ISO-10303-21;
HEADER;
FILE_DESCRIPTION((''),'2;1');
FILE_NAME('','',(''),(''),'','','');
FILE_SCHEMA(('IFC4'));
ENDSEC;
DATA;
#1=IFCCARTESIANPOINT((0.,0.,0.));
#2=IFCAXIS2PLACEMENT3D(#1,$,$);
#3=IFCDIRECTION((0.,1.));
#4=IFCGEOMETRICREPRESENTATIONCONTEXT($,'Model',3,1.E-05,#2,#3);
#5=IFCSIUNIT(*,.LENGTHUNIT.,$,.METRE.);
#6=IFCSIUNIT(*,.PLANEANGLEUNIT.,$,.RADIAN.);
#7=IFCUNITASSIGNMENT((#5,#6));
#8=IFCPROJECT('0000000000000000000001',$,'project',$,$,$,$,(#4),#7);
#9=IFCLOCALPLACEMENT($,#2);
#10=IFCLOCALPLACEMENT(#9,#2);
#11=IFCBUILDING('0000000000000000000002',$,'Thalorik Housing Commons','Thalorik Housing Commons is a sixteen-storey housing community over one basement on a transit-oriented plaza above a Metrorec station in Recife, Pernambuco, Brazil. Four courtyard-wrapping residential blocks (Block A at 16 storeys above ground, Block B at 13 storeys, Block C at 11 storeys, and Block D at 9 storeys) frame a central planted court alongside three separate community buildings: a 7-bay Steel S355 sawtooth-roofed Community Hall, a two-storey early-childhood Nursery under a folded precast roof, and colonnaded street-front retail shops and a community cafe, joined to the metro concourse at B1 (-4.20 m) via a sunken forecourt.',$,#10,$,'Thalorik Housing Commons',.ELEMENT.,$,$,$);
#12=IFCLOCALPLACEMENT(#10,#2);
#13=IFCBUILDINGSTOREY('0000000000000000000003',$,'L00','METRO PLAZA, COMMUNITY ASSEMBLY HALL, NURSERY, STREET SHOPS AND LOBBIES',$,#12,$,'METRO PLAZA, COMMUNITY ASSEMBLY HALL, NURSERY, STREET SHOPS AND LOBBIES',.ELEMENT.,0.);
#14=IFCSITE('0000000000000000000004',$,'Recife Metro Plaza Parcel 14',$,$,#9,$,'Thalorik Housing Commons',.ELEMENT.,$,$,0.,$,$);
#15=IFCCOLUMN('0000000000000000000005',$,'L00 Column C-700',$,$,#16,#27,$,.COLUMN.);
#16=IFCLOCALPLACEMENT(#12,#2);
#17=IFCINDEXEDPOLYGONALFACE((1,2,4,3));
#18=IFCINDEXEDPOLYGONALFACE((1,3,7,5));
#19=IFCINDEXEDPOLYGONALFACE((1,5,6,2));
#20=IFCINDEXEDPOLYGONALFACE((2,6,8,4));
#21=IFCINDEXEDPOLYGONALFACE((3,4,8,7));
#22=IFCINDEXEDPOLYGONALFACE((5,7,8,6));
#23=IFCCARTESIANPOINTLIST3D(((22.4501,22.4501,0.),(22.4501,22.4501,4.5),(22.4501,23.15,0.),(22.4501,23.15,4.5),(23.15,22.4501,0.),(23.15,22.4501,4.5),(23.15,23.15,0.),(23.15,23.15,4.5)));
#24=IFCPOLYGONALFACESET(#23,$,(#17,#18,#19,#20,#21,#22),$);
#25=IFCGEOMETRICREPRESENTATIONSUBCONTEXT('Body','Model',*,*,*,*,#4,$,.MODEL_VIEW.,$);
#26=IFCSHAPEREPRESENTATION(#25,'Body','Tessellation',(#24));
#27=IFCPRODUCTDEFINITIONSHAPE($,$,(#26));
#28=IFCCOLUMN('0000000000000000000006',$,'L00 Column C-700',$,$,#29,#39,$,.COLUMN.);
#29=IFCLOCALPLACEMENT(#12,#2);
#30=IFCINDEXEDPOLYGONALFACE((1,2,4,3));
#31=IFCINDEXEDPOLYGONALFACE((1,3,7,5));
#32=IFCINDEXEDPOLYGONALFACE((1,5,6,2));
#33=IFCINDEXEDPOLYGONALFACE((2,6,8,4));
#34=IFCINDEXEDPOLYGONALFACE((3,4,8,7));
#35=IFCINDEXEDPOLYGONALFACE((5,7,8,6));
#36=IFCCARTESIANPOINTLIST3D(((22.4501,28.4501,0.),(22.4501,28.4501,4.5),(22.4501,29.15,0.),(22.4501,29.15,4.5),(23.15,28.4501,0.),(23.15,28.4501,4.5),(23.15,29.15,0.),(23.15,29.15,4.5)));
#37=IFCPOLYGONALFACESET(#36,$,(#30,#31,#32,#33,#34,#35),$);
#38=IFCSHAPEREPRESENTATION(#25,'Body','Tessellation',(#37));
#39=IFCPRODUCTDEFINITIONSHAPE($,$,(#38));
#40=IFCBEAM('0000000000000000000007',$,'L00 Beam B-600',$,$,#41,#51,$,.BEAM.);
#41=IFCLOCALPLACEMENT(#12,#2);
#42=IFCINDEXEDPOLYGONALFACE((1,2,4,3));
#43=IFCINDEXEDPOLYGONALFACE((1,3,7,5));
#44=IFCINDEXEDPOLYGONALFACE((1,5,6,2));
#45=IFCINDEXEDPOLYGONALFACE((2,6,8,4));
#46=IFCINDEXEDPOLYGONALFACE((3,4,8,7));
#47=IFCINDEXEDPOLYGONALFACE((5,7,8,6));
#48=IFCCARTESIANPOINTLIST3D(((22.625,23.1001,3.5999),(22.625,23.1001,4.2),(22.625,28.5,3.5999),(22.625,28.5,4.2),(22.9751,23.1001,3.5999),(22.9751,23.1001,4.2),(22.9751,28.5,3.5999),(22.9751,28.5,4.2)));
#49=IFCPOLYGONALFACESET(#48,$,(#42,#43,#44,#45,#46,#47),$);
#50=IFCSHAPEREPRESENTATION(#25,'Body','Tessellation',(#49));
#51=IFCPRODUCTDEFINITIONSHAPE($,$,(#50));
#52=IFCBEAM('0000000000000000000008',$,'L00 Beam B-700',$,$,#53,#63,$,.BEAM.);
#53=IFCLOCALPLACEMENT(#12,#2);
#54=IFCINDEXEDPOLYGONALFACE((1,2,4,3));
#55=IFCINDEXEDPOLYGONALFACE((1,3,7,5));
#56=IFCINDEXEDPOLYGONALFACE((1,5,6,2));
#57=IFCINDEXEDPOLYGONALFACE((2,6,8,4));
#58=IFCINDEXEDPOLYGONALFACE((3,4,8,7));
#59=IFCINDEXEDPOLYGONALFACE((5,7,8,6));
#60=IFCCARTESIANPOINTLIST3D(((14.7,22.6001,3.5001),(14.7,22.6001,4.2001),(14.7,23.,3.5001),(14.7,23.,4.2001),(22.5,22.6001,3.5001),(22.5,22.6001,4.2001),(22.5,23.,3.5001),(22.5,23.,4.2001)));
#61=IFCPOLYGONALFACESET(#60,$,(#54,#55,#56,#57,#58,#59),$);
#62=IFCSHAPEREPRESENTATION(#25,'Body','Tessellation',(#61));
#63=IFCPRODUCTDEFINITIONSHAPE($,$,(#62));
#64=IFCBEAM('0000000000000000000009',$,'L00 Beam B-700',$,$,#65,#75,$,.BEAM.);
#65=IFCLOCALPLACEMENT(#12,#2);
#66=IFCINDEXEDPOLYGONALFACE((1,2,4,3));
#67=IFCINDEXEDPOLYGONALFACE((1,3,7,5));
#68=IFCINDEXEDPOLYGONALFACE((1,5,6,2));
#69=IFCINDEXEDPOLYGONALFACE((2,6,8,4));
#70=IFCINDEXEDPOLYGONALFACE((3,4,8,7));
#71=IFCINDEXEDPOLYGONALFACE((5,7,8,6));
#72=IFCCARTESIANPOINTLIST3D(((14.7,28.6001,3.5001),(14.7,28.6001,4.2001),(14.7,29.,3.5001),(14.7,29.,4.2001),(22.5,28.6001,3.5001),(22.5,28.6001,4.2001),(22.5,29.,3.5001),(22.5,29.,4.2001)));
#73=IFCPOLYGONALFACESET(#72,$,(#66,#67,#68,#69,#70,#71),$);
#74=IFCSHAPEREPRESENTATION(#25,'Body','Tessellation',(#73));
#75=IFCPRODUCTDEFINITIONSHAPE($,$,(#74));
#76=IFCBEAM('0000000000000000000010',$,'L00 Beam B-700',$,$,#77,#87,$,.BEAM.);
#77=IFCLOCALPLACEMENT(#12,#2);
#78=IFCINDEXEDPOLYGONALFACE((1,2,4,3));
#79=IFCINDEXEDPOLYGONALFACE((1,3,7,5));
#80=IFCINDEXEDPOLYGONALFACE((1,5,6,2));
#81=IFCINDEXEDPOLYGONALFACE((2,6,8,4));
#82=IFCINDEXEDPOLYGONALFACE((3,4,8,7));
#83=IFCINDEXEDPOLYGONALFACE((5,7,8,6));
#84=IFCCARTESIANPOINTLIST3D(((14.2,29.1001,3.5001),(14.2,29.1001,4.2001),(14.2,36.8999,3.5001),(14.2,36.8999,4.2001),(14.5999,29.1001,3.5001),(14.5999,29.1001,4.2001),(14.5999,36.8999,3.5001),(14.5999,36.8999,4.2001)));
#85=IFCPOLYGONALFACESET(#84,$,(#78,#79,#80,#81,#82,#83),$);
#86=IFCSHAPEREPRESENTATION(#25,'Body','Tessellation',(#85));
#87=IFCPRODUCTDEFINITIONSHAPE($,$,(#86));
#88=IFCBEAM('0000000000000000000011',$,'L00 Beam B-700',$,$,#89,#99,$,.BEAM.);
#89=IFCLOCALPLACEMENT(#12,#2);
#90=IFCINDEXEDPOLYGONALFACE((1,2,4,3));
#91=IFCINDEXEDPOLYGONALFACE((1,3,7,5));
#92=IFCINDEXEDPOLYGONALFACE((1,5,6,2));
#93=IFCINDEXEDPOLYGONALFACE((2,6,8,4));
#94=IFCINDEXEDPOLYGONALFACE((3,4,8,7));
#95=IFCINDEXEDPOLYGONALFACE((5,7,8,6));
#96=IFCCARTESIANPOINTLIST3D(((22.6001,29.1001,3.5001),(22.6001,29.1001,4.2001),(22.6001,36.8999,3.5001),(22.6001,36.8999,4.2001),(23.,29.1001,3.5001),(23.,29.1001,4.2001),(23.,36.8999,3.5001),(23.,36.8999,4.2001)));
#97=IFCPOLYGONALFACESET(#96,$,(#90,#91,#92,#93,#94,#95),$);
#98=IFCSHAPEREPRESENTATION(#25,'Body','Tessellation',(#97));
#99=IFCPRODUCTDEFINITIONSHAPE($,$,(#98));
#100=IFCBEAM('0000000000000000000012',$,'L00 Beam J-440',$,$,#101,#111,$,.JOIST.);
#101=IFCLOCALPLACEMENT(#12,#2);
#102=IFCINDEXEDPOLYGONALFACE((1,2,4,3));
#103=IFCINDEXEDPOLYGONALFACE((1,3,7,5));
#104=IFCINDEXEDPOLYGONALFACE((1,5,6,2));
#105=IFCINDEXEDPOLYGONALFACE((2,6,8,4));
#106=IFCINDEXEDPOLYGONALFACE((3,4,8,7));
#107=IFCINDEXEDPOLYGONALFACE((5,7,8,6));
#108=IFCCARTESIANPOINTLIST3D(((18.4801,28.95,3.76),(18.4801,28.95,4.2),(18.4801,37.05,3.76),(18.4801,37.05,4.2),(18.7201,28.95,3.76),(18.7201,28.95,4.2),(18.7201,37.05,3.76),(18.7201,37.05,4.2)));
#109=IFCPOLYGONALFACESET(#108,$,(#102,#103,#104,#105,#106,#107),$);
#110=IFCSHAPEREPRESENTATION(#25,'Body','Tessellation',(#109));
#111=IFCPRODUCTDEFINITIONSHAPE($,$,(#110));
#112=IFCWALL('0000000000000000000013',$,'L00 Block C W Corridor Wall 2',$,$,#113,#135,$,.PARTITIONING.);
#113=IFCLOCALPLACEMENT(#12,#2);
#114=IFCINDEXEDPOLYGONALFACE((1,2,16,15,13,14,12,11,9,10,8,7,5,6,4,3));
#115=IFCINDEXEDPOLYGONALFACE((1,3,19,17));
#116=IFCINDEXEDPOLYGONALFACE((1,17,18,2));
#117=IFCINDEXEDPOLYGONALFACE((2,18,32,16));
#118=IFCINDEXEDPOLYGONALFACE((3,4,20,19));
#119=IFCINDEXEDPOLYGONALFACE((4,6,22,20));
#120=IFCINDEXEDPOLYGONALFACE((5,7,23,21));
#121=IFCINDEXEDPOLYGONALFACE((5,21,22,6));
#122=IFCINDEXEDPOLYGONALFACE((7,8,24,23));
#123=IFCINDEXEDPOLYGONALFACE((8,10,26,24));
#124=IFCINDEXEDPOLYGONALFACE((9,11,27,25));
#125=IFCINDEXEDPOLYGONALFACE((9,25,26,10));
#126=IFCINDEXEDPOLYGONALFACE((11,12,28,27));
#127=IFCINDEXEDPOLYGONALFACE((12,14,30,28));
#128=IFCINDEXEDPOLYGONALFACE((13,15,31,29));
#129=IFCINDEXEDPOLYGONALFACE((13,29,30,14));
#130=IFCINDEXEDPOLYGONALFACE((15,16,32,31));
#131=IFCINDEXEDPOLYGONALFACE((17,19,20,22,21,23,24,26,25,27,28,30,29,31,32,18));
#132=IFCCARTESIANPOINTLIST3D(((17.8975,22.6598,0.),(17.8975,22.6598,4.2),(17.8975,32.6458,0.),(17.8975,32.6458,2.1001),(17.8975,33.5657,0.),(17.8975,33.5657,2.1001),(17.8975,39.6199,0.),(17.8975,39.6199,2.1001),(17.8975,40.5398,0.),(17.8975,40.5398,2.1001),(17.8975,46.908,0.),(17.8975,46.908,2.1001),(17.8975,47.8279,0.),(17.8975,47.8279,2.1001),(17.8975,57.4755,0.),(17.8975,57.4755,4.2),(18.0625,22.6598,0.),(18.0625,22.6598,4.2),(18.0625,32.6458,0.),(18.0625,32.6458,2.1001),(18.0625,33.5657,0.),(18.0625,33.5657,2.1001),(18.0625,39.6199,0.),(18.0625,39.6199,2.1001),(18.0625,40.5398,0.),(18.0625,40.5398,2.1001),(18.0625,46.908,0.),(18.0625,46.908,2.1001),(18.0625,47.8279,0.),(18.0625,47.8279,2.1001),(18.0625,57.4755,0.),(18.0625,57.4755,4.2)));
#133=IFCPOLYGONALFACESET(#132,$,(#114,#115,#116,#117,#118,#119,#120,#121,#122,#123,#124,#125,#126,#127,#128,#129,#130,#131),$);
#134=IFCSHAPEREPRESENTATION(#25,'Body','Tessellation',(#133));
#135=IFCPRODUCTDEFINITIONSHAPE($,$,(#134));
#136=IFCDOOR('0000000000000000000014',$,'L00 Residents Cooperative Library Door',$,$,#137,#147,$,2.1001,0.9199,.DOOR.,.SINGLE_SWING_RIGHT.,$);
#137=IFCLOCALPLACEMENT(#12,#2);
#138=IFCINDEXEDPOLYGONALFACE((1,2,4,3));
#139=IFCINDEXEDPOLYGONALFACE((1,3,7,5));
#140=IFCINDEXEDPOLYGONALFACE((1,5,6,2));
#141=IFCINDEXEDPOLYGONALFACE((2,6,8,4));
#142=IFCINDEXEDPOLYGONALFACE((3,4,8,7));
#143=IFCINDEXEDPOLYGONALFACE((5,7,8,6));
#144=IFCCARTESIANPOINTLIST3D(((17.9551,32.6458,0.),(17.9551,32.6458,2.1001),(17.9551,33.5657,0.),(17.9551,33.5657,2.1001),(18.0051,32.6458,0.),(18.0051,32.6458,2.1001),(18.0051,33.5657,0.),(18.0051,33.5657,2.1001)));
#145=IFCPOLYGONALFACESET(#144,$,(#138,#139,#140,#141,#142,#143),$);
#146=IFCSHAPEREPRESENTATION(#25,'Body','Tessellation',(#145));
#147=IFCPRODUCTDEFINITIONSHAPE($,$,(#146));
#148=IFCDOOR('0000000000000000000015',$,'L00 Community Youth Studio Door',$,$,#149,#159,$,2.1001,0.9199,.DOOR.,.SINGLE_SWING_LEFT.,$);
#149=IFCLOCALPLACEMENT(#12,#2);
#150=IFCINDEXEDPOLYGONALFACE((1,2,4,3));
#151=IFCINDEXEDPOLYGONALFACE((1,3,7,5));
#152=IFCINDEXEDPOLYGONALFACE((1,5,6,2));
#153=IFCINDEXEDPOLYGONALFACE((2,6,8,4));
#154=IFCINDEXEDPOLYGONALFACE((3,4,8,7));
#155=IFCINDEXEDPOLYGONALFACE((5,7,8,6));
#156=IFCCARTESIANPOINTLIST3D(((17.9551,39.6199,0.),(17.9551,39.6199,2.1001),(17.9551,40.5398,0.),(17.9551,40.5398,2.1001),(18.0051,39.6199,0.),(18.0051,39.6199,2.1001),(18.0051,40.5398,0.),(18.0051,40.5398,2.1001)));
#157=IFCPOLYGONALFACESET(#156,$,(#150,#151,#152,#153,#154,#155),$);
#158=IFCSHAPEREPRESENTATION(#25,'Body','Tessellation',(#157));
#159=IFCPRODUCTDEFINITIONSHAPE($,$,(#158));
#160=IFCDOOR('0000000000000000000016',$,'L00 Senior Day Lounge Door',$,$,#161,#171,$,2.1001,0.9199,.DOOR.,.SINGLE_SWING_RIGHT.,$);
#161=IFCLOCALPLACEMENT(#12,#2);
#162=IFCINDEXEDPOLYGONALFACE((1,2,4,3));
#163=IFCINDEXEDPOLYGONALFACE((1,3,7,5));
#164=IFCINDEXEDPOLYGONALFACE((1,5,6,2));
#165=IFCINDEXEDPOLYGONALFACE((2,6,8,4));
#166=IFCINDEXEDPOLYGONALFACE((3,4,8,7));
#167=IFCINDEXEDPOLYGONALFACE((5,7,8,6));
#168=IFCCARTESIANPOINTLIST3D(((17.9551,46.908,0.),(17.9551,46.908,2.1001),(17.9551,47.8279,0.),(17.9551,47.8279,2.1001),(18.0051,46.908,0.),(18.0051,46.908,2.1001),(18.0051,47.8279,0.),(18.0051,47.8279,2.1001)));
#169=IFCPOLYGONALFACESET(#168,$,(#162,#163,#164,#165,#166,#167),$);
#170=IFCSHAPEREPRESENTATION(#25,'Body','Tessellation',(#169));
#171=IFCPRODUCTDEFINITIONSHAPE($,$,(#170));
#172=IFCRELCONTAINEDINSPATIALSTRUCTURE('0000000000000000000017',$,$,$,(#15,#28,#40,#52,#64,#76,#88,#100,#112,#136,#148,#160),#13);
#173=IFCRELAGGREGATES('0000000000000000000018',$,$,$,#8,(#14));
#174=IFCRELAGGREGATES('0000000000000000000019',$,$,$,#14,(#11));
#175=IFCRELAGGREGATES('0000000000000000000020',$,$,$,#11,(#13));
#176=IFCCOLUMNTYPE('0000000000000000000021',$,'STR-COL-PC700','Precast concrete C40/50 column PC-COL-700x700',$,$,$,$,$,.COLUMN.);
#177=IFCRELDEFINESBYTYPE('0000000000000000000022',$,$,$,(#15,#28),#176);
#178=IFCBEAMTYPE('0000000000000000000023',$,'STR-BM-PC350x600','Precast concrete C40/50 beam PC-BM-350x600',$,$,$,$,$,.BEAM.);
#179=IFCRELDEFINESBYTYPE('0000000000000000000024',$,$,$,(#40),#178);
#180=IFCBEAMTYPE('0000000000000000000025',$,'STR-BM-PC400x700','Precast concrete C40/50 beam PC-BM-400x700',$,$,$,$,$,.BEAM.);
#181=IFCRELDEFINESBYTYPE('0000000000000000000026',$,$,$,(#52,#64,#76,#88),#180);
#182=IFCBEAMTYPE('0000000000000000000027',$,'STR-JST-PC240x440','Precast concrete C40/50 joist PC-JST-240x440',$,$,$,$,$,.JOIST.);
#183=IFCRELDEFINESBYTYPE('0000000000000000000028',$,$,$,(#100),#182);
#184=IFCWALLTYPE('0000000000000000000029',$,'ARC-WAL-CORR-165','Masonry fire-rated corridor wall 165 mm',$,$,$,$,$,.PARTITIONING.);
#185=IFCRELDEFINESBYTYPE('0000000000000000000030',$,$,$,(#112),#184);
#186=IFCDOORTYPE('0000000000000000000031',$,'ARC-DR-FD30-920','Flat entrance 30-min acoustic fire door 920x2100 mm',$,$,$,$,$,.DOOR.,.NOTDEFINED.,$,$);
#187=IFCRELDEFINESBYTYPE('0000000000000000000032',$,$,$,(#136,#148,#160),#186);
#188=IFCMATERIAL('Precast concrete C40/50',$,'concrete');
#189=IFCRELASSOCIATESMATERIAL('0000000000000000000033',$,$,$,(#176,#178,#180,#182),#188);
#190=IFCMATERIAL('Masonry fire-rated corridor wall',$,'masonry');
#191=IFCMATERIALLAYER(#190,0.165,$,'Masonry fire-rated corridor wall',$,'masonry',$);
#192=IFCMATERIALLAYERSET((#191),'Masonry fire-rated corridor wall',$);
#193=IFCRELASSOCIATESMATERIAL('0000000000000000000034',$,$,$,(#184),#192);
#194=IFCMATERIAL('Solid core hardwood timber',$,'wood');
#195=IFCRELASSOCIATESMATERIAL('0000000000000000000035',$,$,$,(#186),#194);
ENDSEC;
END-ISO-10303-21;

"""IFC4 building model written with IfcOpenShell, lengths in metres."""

from ifc_helpers import new_model, si_unit, direction, frame, frame_2d, origin, origin_2d, place, context, subcontext, project, spatial, rectangle, extrude, material, layer, layer_set, material_profile, profile_set, type_object, element, fill, save


model = new_model("IFC4")

# Units and contexts
model_context = context("Model", 3, precision=1e-05, world=origin(), true_north=direction((0.0, 1.0)))
body_context = subcontext(model_context, "Body", "Model", "MODEL_VIEW")
ifc_project = project(units=[si_unit("LENGTHUNIT", "METRE"), si_unit("PLANEANGLEUNIT", "RADIAN")], contexts=[model_context])

# Site, building, storey
site_placement = place(None, origin())
site = spatial("IfcSite", under=ifc_project, at=site_placement, Name="Recife Metro Plaza Parcel 14", LongName="Thalorik Housing Commons", CompositionType="ELEMENT", RefElevation=0.0)
building_placement = place(site_placement, origin())
building = spatial("IfcBuilding", under=site, at=building_placement, Name="Thalorik Housing Commons", Description="Thalorik Housing Commons is a sixteen-storey housing community over one basement on a transit-oriented plaza above a Metrorec station in Recife, Pernambuco, Brazil. Four courtyard-wrapping residential blocks (Block A at 16 storeys above ground, Block B at 13 storeys, Block C at 11 storeys, and Block D at 9 storeys) frame a central planted court alongside three separate community buildings: a 7-bay Steel S355 sawtooth-roofed Community Hall, a two-storey early-childhood Nursery under a folded precast roof, and colonnaded street-front retail shops and a community cafe, joined to the metro concourse at B1 (-4.20 m) via a sunken forecourt.", LongName="Thalorik Housing Commons", CompositionType="ELEMENT")
storey_placement = place(building_placement, origin())
storey = spatial("IfcBuildingStorey", under=building, at=storey_placement, Name="L00", Description="METRO PLAZA, COMMUNITY ASSEMBLY HALL, NURSERY, STREET SHOPS AND LOBBIES", LongName="METRO PLAZA, COMMUNITY ASSEMBLY HALL, NURSERY, STREET SHOPS AND LOBBIES", CompositionType="ELEMENT", Elevation=0.0)

# Columns
ifc_material_1 = material(Name="Precast concrete C40/50", Category="concrete")
ifc_material_profile_1 = material_profile(ifc_material_1, rectangle(XDim=0.7, YDim=0.7, at=origin_2d()), Name="PC 700x700", Category="concrete")
ifc_profile_set_1 = profile_set([ifc_material_profile_1], Name="Precast concrete C40/50")
column_type = type_object("IfcColumnType", Name="STR-COL-PC700", Description="Precast concrete C40/50 column PC-COL-700x700", PredefinedType="COLUMN", material=ifc_profile_set_1)
for number, where, z_axis, x_axis, name in (
    (1, (22.8, 22.8, 0.0), (0.0, 0.0, 1.0), (1.0, 0.0, 0.0), "L00 Column C-700"),
    (2, (22.8, 28.8, 0.0), (0.0, 0.0, 1.0), (1.0, 0.0, 0.0), "L00 Column C-700"),
):
    element("IfcColumn", number, at=place(storey_placement, frame(where, z_axis=z_axis, x_axis=x_axis)), inside=storey, type_object=column_type, Name=name, PredefinedType="COLUMN", context=body_context, shape_type="SweptSolid", body=[
        extrude(rectangle(XDim=0.7, YDim=0.7, at=origin_2d()), origin(), (0.0, 0.0, 1.0), 4.5),
    ])

# Beams
ifc_material_profile_2 = material_profile(ifc_material_1, rectangle(XDim=0.3501, YDim=0.6001, at=origin_2d()), Name="PC 350x600", Category="concrete")
ifc_profile_set_2 = profile_set([ifc_material_profile_2], Name="Precast concrete C40/50")
beam_type_1 = type_object("IfcBeamType", Name="STR-BM-PC350x600", Description="Precast concrete C40/50 beam PC-BM-350x600", PredefinedType="BEAM", material=ifc_profile_set_2)
beam_1_placement = place(storey_placement, frame((22.8, 23.1001, 3.8999), z_axis=(0.0, 1.0, 0.0), x_axis=(-1.0, 0.0, 0.0)))
element("IfcBeam", 3, at=beam_1_placement, inside=storey, type_object=beam_type_1, Name="L00 Beam B-600", PredefinedType="BEAM", context=body_context, shape_type="SweptSolid", body=[
    extrude(rectangle(XDim=0.3501, YDim=0.6001, at=origin_2d()), origin(), (0.0, 0.0, 1.0), 5.3999),
])
ifc_material_profile_3 = material_profile(ifc_material_1, rectangle(XDim=0.3999, YDim=0.7, at=origin_2d()), Name="PC 400x700", Category="concrete")
ifc_profile_set_3 = profile_set([ifc_material_profile_3], Name="Precast concrete C40/50")
beam_type_2 = type_object("IfcBeamType", Name="STR-BM-PC400x700", Description="Precast concrete C40/50 beam PC-BM-400x700", PredefinedType="BEAM", material=ifc_profile_set_3)
for number, where, z_axis, x_axis, name in (
    (4, (14.7, 22.8, 3.8501), (1.0, 0.0, 0.0), (0.0, 1.0, 0.0), "L00 Beam B-700"),
    (5, (14.7, 28.8, 3.8501), (1.0, 0.0, 0.0), (0.0, 1.0, 0.0), "L00 Beam B-700"),
):
    element("IfcBeam", number, at=place(storey_placement, frame(where, z_axis=z_axis, x_axis=x_axis)), inside=storey, type_object=beam_type_2, Name=name, PredefinedType="BEAM", context=body_context, shape_type="SweptSolid", body=[
        extrude(rectangle(XDim=0.3999, YDim=0.7, at=origin_2d()), origin(), (0.0, 0.0, 1.0), 7.8),
    ])
for number, where, z_axis, x_axis, name in (
    (6, (14.3999, 29.1001, 3.8501), (0.0, 1.0, 0.0), (-1.0, 0.0, 0.0), "L00 Beam B-700"),
    (7, (22.8, 29.1001, 3.8501), (0.0, 1.0, 0.0), (-1.0, 0.0, 0.0), "L00 Beam B-700"),
):
    element("IfcBeam", number, at=place(storey_placement, frame(where, z_axis=z_axis, x_axis=x_axis)), inside=storey, type_object=beam_type_2, Name=name, PredefinedType="BEAM", context=body_context, shape_type="SweptSolid", body=[
        extrude(rectangle(XDim=0.3999, YDim=0.7, at=origin_2d()), origin(), (0.0, 0.0, 1.0), 7.7998),
    ])
ifc_material_profile_4 = material_profile(ifc_material_1, rectangle(XDim=0.24, YDim=0.4399, at=origin_2d()), Name="PC JST 240x440", Category="concrete")
ifc_profile_set_4 = profile_set([ifc_material_profile_4], Name="Precast concrete C40/50")
beam_type_3 = type_object("IfcBeamType", Name="STR-JST-PC240x440", Description="Precast concrete C40/50 joist PC-JST-240x440", PredefinedType="JOIST", material=ifc_profile_set_4)
beam_2_placement = place(storey_placement, frame((18.6001, 28.95, 3.98), z_axis=(0.0, 1.0, 0.0), x_axis=(-1.0, 0.0, 0.0)))
element("IfcBeam", 8, at=beam_2_placement, inside=storey, type_object=beam_type_3, Name="L00 Beam J-440", PredefinedType="JOIST", context=body_context, shape_type="SweptSolid", body=[
    extrude(rectangle(XDim=0.24, YDim=0.4399, at=origin_2d()), origin(), (0.0, 0.0, 1.0), 8.1001),
])

# Wall, openings, doors
ifc_material_2 = material(Name="Masonry fire-rated corridor wall", Category="masonry")
ifc_layer_1 = layer(ifc_material_2, 0.165, Name="Masonry fire-rated corridor wall", Category="masonry")
ifc_layer_set_1 = layer_set([ifc_layer_1], Name="Masonry fire-rated corridor wall")
wall_type_1 = type_object("IfcWallType", Name="ARC-WAL-CORR-165", Description="Masonry fire-rated corridor wall 165 mm", PredefinedType="PARTITIONING", material=ifc_layer_set_1)
wall_1_placement = place(storey_placement, frame((17.98, 22.6599, 0.0), z_axis=(0.0, 0.0, 1.0), x_axis=(0.0, 1.0, 0.0)))
wall_1 = element("IfcWall", 9, at=wall_1_placement, inside=storey, type_object=wall_type_1, Name="L00 Block C W Corridor Wall 2", PredefinedType="PARTITIONING", context=body_context, shape_type="SweptSolid", body=[
    extrude(rectangle(XDim=34.8157, YDim=0.165, at=frame_2d((17.4077, 0.0))), origin(), (0.0, 0.0, 1.0), 4.2),
])
opening_1_placement = place(wall_1_placement, frame((9.9858, 0.0, 0.0)))
opening_1 = element("IfcOpeningElement", 10, at=opening_1_placement, cuts=wall_1, PredefinedType="OPENING", context=body_context, shape_type="SweptSolid", body=[
    extrude(rectangle(XDim=0.9199, YDim=2.1001, at=frame_2d((0.46, 1.05))), frame((0.0, 0.0925, 0.0), z_axis=(0.0, -1.0, 0.0), x_axis=(1.0, 0.0, 0.0)), (0.0, 0.0, 1.0), 0.1851),
])
opening_2_placement = place(wall_1_placement, frame((16.96, 0.0, 0.0)))
opening_2 = element("IfcOpeningElement", 11, at=opening_2_placement, cuts=wall_1, PredefinedType="OPENING", context=body_context, shape_type="SweptSolid", body=[
    extrude(rectangle(XDim=0.9199, YDim=2.1001, at=frame_2d((0.46, 1.05))), frame((0.0, 0.0925, 0.0), z_axis=(0.0, -1.0, 0.0), x_axis=(1.0, 0.0, 0.0)), (0.0, 0.0, 1.0), 0.1851),
])
opening_3_placement = place(wall_1_placement, frame((24.248, 0.0, 0.0)))
opening_3 = element("IfcOpeningElement", 12, at=opening_3_placement, cuts=wall_1, PredefinedType="OPENING", context=body_context, shape_type="SweptSolid", body=[
    extrude(rectangle(XDim=0.9199, YDim=2.1001, at=frame_2d((0.46, 1.05))), frame((0.0, 0.0925, 0.0), z_axis=(0.0, -1.0, 0.0), x_axis=(1.0, 0.0, 0.0)), (0.0, 0.0, 1.0), 0.1851),
])
ifc_material_3 = material(Name="Solid core hardwood timber", Category="wood")
door_type = type_object("IfcDoorType", Name="ARC-DR-FD30-920", Description="Flat entrance 30-min acoustic fire door 920x2100 mm", OperationType="NOTDEFINED", PredefinedType="DOOR", material=ifc_material_3)
door_1_placement = place(opening_1_placement, origin())
door_1 = element("IfcDoor", 13, at=door_1_placement, inside=storey, type_object=door_type, Name="L00 Residents Cooperative Library Door", OperationType="SINGLE_SWING_RIGHT", OverallHeight=2.1001, OverallWidth=0.9199, PredefinedType="DOOR", context=body_context, shape_type="SweptSolid", body=[
    extrude(rectangle(XDim=0.9199, YDim=2.1001, at=frame_2d((0.46, 1.05))), frame((0.0, 0.0249, 0.0), z_axis=(0.0, -1.0, 0.0), x_axis=(1.0, 0.0, 0.0)), (0.0, 0.0, 1.0), 0.05),
])
fill(opening_1, door_1)
door_2_placement = place(opening_2_placement, origin())
door_2 = element("IfcDoor", 14, at=door_2_placement, inside=storey, type_object=door_type, Name="L00 Community Youth Studio Door", OperationType="SINGLE_SWING_LEFT", OverallHeight=2.1001, OverallWidth=0.9199, PredefinedType="DOOR", context=body_context, shape_type="SweptSolid", body=[
    extrude(rectangle(XDim=0.9199, YDim=2.1001, at=frame_2d((0.46, 1.05))), frame((0.0, 0.0249, 0.0), z_axis=(0.0, -1.0, 0.0), x_axis=(1.0, 0.0, 0.0)), (0.0, 0.0, 1.0), 0.05),
])
fill(opening_2, door_2)
door_3_placement = place(opening_3_placement, origin())
door_3 = element("IfcDoor", 15, at=door_3_placement, inside=storey, type_object=door_type, Name="L00 Senior Day Lounge Door", OperationType="SINGLE_SWING_RIGHT", OverallHeight=2.1001, OverallWidth=0.9199, PredefinedType="DOOR", context=body_context, shape_type="SweptSolid", body=[
    extrude(rectangle(XDim=0.9199, YDim=2.1001, at=frame_2d((0.46, 1.05))), frame((0.0, 0.0249, 0.0), z_axis=(0.0, -1.0, 0.0), x_axis=(1.0, 0.0, 0.0)), (0.0, 0.0, 1.0), 0.05),
])
fill(opening_3, door_3)

save(model, "model.ifc")
